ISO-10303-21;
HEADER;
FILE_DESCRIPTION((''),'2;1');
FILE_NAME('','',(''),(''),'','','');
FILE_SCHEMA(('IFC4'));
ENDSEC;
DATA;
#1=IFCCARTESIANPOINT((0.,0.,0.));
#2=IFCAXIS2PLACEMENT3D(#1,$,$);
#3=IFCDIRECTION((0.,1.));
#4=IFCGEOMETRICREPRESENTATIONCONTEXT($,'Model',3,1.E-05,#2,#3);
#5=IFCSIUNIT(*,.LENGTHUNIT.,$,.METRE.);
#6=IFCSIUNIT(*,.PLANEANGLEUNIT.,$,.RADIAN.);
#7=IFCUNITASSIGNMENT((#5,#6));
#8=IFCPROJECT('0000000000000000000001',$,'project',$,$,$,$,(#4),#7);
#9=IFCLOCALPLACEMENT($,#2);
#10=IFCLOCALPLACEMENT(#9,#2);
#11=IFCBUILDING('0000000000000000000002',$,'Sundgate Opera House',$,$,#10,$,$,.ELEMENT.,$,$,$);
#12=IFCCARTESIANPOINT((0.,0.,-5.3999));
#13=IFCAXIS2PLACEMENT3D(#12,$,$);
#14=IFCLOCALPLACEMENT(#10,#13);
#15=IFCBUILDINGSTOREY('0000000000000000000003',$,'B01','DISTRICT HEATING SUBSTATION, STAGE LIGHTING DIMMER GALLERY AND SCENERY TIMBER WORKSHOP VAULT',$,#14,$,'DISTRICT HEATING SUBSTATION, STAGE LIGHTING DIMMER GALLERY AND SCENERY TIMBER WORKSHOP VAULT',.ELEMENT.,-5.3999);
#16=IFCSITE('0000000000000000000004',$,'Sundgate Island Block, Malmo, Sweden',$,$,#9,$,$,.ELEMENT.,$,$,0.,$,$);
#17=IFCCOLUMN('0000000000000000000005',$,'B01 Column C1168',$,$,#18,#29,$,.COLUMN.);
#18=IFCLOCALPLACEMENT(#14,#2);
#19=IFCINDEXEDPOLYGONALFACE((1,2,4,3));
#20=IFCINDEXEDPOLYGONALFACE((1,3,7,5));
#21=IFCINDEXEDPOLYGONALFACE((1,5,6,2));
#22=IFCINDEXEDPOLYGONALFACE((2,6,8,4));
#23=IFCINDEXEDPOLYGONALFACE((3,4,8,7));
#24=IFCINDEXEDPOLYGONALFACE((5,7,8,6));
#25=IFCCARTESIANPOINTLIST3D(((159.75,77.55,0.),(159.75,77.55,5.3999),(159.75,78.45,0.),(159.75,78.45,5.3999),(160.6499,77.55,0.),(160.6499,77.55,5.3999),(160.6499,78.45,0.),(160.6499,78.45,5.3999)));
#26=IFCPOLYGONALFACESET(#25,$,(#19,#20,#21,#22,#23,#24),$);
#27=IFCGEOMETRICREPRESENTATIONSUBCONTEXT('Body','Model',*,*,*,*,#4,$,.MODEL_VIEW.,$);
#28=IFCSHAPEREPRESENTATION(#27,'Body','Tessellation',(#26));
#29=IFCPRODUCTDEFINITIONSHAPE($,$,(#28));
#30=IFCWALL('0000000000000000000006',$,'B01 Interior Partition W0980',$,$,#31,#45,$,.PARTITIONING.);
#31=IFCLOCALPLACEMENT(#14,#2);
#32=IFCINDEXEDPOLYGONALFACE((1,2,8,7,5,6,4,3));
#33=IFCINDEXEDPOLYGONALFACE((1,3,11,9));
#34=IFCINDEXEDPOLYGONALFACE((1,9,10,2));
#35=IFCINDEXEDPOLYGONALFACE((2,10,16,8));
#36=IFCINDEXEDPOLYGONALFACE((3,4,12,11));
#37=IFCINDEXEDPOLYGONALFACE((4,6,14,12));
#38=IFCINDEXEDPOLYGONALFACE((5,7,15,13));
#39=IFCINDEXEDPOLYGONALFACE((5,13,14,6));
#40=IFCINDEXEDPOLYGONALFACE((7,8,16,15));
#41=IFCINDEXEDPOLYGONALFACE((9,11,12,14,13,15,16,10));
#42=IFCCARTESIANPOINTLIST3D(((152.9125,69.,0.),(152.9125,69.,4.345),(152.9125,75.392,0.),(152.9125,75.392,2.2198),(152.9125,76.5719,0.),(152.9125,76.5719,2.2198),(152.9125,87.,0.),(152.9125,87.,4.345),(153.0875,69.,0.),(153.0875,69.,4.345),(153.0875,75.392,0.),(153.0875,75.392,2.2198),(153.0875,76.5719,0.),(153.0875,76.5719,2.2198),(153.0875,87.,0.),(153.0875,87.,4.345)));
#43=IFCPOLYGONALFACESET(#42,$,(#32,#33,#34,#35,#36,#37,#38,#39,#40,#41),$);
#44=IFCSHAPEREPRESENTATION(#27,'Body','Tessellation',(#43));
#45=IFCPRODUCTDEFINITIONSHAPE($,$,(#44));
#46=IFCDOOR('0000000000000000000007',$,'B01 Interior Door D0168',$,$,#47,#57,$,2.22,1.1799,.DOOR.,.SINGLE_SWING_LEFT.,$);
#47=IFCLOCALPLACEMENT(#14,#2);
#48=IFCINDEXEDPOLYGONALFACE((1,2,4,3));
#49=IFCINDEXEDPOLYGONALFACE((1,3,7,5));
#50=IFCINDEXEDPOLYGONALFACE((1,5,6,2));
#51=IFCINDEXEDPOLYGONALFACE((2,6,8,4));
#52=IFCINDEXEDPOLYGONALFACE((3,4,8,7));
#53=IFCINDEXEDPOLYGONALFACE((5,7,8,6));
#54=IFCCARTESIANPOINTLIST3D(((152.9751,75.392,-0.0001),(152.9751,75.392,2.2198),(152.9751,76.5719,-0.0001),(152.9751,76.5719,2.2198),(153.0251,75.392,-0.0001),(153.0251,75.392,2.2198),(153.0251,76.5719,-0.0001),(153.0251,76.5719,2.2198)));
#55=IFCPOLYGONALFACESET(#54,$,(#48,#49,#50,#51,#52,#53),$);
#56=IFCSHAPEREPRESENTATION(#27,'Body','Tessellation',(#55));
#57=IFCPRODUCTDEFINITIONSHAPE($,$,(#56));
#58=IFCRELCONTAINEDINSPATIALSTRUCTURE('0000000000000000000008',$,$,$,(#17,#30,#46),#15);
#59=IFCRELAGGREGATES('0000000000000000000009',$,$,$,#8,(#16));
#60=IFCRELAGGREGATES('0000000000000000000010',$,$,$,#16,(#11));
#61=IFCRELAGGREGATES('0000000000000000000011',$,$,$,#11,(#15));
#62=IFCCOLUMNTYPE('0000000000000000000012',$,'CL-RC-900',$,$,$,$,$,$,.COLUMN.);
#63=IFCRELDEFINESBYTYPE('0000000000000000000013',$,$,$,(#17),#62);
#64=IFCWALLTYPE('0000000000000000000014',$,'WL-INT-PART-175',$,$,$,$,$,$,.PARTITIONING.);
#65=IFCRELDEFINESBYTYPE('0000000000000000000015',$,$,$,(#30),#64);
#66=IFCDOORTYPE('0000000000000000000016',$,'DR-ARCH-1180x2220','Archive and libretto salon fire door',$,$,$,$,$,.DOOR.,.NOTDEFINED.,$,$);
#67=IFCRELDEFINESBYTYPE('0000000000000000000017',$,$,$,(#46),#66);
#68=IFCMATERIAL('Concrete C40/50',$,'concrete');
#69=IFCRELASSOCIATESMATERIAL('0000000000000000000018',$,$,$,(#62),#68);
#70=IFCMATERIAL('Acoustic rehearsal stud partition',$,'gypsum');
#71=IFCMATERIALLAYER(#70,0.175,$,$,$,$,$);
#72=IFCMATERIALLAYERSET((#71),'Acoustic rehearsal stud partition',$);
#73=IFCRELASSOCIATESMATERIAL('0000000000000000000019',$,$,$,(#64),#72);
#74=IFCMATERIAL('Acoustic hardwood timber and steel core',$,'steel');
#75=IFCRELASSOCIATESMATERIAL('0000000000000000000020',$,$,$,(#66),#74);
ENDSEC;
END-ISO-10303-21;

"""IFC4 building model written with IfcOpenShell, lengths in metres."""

from ifc_helpers import new_model, si_unit, direction, frame, frame_2d, origin, origin_2d, place, context, subcontext, project, spatial, rectangle, extrude, material, layer, layer_set, material_profile, profile_set, type_object, element, fill, save


model = new_model("IFC4")

# Units and contexts
model_context = context("Model", 3, precision=1e-05, world=origin(), true_north=direction((0.0, 1.0)))
body_context = subcontext(model_context, "Body", "Model", "MODEL_VIEW")
ifc_project = project(units=[si_unit("LENGTHUNIT", "METRE"), si_unit("PLANEANGLEUNIT", "RADIAN")], contexts=[model_context])

# Site, building, storey
site_placement = place(None, origin())
site = spatial("IfcSite", under=ifc_project, at=site_placement, Name="Sundgate Island Block, Malmo, Sweden", CompositionType="ELEMENT", RefElevation=0.0)
building_placement = place(site_placement, origin())
building = spatial("IfcBuilding", under=site, at=building_placement, Name="Sundgate Opera House", CompositionType="ELEMENT")
storey_placement = place(building_placement, frame((0.0, 0.0, -5.3999)))
storey = spatial("IfcBuildingStorey", under=building, at=storey_placement, Name="B01", Description="DISTRICT HEATING SUBSTATION, STAGE LIGHTING DIMMER GALLERY AND SCENERY TIMBER WORKSHOP VAULT", LongName="DISTRICT HEATING SUBSTATION, STAGE LIGHTING DIMMER GALLERY AND SCENERY TIMBER WORKSHOP VAULT", CompositionType="ELEMENT", Elevation=-5.3999)

# Column
ifc_material_1 = material(Name="Concrete C40/50", Category="concrete")
ifc_material_profile_1 = material_profile(ifc_material_1, rectangle(XDim=0.8999, YDim=0.8999, at=origin_2d()), Name="RC 900x900")
ifc_profile_set_1 = profile_set([ifc_material_profile_1], Name="Concrete C40/50")
column_type = type_object("IfcColumnType", Name="CL-RC-900", PredefinedType="COLUMN", material=ifc_profile_set_1)
for number, where, z_axis, x_axis, name in (
    (1, (160.2, 78.0, 0.0), (0.0, 0.0, 1.0), (1.0, 0.0, 0.0), "B01 Column C1168"),
):
    element("IfcColumn", number, at=place(storey_placement, frame(where, z_axis=z_axis, x_axis=x_axis)), inside=storey, type_object=column_type, Name=name, PredefinedType="COLUMN", context=body_context, shape_type="SweptSolid", body=[
        extrude(rectangle(XDim=0.8999, YDim=0.8999, at=origin_2d()), origin(), (0.0, 0.0, 1.0), 5.3999),
    ])

# Wall, opening, door
ifc_material_2 = material(Name="Acoustic rehearsal stud partition", Category="gypsum")
ifc_layer = layer(ifc_material_2, 0.175)
ifc_layer_set = layer_set([ifc_layer], Name="Acoustic rehearsal stud partition")
wall_type = type_object("IfcWallType", Name="WL-INT-PART-175", PredefinedType="PARTITIONING", material=ifc_layer_set)
wall_placement = place(storey_placement, frame((153.0, 69.0, 0.0), z_axis=(0.0, 0.0, 1.0), x_axis=(0.0, 1.0, 0.0)))
wall = element("IfcWall", 2, at=wall_placement, inside=storey, type_object=wall_type, Name="B01 Interior Partition W0980", PredefinedType="PARTITIONING", context=body_context, shape_type="SweptSolid", body=[
    extrude(rectangle(XDim=18.0, YDim=0.175, at=frame_2d((9.0, 0.0))), origin(), (0.0, 0.0, 1.0), 4.345),
])
opening_placement = place(wall_placement, frame((6.3921, 0.0, 0.0)))
opening = element("IfcOpeningElement", 3, at=opening_placement, cuts=wall, PredefinedType="OPENING", context=body_context, shape_type="SweptSolid", body=[
    extrude(rectangle(XDim=1.1799, YDim=2.22, at=frame_2d((0.5898, 1.1099))), frame((0.0, 0.0974, 0.0), z_axis=(0.0, -1.0, 0.0), x_axis=(1.0, 0.0, 0.0)), (0.0, 0.0, 1.0), 0.1951),
])
ifc_material_3 = material(Name="Acoustic hardwood timber and steel core", Category="steel")
door_type = type_object("IfcDoorType", Name="DR-ARCH-1180x2220", Description="Archive and libretto salon fire door", OperationType="NOTDEFINED", PredefinedType="DOOR", material=ifc_material_3)
door_placement = place(opening_placement, origin())
door = element("IfcDoor", 4, at=door_placement, inside=storey, type_object=door_type, Name="B01 Interior Door D0168", OperationType="SINGLE_SWING_LEFT", OverallHeight=2.22, OverallWidth=1.1799, PredefinedType="DOOR", context=body_context, shape_type="SweptSolid", body=[
    extrude(rectangle(XDim=1.1799, YDim=2.22, at=frame_2d((0.5898, 1.1099))), frame((0.0, 0.0249, 0.0), z_axis=(0.0, -1.0, 0.0), x_axis=(1.0, 0.0, 0.0)), (0.0, 0.0, 1.0), 0.05),
])
fill(opening, door)

save(model, "model.ifc")
